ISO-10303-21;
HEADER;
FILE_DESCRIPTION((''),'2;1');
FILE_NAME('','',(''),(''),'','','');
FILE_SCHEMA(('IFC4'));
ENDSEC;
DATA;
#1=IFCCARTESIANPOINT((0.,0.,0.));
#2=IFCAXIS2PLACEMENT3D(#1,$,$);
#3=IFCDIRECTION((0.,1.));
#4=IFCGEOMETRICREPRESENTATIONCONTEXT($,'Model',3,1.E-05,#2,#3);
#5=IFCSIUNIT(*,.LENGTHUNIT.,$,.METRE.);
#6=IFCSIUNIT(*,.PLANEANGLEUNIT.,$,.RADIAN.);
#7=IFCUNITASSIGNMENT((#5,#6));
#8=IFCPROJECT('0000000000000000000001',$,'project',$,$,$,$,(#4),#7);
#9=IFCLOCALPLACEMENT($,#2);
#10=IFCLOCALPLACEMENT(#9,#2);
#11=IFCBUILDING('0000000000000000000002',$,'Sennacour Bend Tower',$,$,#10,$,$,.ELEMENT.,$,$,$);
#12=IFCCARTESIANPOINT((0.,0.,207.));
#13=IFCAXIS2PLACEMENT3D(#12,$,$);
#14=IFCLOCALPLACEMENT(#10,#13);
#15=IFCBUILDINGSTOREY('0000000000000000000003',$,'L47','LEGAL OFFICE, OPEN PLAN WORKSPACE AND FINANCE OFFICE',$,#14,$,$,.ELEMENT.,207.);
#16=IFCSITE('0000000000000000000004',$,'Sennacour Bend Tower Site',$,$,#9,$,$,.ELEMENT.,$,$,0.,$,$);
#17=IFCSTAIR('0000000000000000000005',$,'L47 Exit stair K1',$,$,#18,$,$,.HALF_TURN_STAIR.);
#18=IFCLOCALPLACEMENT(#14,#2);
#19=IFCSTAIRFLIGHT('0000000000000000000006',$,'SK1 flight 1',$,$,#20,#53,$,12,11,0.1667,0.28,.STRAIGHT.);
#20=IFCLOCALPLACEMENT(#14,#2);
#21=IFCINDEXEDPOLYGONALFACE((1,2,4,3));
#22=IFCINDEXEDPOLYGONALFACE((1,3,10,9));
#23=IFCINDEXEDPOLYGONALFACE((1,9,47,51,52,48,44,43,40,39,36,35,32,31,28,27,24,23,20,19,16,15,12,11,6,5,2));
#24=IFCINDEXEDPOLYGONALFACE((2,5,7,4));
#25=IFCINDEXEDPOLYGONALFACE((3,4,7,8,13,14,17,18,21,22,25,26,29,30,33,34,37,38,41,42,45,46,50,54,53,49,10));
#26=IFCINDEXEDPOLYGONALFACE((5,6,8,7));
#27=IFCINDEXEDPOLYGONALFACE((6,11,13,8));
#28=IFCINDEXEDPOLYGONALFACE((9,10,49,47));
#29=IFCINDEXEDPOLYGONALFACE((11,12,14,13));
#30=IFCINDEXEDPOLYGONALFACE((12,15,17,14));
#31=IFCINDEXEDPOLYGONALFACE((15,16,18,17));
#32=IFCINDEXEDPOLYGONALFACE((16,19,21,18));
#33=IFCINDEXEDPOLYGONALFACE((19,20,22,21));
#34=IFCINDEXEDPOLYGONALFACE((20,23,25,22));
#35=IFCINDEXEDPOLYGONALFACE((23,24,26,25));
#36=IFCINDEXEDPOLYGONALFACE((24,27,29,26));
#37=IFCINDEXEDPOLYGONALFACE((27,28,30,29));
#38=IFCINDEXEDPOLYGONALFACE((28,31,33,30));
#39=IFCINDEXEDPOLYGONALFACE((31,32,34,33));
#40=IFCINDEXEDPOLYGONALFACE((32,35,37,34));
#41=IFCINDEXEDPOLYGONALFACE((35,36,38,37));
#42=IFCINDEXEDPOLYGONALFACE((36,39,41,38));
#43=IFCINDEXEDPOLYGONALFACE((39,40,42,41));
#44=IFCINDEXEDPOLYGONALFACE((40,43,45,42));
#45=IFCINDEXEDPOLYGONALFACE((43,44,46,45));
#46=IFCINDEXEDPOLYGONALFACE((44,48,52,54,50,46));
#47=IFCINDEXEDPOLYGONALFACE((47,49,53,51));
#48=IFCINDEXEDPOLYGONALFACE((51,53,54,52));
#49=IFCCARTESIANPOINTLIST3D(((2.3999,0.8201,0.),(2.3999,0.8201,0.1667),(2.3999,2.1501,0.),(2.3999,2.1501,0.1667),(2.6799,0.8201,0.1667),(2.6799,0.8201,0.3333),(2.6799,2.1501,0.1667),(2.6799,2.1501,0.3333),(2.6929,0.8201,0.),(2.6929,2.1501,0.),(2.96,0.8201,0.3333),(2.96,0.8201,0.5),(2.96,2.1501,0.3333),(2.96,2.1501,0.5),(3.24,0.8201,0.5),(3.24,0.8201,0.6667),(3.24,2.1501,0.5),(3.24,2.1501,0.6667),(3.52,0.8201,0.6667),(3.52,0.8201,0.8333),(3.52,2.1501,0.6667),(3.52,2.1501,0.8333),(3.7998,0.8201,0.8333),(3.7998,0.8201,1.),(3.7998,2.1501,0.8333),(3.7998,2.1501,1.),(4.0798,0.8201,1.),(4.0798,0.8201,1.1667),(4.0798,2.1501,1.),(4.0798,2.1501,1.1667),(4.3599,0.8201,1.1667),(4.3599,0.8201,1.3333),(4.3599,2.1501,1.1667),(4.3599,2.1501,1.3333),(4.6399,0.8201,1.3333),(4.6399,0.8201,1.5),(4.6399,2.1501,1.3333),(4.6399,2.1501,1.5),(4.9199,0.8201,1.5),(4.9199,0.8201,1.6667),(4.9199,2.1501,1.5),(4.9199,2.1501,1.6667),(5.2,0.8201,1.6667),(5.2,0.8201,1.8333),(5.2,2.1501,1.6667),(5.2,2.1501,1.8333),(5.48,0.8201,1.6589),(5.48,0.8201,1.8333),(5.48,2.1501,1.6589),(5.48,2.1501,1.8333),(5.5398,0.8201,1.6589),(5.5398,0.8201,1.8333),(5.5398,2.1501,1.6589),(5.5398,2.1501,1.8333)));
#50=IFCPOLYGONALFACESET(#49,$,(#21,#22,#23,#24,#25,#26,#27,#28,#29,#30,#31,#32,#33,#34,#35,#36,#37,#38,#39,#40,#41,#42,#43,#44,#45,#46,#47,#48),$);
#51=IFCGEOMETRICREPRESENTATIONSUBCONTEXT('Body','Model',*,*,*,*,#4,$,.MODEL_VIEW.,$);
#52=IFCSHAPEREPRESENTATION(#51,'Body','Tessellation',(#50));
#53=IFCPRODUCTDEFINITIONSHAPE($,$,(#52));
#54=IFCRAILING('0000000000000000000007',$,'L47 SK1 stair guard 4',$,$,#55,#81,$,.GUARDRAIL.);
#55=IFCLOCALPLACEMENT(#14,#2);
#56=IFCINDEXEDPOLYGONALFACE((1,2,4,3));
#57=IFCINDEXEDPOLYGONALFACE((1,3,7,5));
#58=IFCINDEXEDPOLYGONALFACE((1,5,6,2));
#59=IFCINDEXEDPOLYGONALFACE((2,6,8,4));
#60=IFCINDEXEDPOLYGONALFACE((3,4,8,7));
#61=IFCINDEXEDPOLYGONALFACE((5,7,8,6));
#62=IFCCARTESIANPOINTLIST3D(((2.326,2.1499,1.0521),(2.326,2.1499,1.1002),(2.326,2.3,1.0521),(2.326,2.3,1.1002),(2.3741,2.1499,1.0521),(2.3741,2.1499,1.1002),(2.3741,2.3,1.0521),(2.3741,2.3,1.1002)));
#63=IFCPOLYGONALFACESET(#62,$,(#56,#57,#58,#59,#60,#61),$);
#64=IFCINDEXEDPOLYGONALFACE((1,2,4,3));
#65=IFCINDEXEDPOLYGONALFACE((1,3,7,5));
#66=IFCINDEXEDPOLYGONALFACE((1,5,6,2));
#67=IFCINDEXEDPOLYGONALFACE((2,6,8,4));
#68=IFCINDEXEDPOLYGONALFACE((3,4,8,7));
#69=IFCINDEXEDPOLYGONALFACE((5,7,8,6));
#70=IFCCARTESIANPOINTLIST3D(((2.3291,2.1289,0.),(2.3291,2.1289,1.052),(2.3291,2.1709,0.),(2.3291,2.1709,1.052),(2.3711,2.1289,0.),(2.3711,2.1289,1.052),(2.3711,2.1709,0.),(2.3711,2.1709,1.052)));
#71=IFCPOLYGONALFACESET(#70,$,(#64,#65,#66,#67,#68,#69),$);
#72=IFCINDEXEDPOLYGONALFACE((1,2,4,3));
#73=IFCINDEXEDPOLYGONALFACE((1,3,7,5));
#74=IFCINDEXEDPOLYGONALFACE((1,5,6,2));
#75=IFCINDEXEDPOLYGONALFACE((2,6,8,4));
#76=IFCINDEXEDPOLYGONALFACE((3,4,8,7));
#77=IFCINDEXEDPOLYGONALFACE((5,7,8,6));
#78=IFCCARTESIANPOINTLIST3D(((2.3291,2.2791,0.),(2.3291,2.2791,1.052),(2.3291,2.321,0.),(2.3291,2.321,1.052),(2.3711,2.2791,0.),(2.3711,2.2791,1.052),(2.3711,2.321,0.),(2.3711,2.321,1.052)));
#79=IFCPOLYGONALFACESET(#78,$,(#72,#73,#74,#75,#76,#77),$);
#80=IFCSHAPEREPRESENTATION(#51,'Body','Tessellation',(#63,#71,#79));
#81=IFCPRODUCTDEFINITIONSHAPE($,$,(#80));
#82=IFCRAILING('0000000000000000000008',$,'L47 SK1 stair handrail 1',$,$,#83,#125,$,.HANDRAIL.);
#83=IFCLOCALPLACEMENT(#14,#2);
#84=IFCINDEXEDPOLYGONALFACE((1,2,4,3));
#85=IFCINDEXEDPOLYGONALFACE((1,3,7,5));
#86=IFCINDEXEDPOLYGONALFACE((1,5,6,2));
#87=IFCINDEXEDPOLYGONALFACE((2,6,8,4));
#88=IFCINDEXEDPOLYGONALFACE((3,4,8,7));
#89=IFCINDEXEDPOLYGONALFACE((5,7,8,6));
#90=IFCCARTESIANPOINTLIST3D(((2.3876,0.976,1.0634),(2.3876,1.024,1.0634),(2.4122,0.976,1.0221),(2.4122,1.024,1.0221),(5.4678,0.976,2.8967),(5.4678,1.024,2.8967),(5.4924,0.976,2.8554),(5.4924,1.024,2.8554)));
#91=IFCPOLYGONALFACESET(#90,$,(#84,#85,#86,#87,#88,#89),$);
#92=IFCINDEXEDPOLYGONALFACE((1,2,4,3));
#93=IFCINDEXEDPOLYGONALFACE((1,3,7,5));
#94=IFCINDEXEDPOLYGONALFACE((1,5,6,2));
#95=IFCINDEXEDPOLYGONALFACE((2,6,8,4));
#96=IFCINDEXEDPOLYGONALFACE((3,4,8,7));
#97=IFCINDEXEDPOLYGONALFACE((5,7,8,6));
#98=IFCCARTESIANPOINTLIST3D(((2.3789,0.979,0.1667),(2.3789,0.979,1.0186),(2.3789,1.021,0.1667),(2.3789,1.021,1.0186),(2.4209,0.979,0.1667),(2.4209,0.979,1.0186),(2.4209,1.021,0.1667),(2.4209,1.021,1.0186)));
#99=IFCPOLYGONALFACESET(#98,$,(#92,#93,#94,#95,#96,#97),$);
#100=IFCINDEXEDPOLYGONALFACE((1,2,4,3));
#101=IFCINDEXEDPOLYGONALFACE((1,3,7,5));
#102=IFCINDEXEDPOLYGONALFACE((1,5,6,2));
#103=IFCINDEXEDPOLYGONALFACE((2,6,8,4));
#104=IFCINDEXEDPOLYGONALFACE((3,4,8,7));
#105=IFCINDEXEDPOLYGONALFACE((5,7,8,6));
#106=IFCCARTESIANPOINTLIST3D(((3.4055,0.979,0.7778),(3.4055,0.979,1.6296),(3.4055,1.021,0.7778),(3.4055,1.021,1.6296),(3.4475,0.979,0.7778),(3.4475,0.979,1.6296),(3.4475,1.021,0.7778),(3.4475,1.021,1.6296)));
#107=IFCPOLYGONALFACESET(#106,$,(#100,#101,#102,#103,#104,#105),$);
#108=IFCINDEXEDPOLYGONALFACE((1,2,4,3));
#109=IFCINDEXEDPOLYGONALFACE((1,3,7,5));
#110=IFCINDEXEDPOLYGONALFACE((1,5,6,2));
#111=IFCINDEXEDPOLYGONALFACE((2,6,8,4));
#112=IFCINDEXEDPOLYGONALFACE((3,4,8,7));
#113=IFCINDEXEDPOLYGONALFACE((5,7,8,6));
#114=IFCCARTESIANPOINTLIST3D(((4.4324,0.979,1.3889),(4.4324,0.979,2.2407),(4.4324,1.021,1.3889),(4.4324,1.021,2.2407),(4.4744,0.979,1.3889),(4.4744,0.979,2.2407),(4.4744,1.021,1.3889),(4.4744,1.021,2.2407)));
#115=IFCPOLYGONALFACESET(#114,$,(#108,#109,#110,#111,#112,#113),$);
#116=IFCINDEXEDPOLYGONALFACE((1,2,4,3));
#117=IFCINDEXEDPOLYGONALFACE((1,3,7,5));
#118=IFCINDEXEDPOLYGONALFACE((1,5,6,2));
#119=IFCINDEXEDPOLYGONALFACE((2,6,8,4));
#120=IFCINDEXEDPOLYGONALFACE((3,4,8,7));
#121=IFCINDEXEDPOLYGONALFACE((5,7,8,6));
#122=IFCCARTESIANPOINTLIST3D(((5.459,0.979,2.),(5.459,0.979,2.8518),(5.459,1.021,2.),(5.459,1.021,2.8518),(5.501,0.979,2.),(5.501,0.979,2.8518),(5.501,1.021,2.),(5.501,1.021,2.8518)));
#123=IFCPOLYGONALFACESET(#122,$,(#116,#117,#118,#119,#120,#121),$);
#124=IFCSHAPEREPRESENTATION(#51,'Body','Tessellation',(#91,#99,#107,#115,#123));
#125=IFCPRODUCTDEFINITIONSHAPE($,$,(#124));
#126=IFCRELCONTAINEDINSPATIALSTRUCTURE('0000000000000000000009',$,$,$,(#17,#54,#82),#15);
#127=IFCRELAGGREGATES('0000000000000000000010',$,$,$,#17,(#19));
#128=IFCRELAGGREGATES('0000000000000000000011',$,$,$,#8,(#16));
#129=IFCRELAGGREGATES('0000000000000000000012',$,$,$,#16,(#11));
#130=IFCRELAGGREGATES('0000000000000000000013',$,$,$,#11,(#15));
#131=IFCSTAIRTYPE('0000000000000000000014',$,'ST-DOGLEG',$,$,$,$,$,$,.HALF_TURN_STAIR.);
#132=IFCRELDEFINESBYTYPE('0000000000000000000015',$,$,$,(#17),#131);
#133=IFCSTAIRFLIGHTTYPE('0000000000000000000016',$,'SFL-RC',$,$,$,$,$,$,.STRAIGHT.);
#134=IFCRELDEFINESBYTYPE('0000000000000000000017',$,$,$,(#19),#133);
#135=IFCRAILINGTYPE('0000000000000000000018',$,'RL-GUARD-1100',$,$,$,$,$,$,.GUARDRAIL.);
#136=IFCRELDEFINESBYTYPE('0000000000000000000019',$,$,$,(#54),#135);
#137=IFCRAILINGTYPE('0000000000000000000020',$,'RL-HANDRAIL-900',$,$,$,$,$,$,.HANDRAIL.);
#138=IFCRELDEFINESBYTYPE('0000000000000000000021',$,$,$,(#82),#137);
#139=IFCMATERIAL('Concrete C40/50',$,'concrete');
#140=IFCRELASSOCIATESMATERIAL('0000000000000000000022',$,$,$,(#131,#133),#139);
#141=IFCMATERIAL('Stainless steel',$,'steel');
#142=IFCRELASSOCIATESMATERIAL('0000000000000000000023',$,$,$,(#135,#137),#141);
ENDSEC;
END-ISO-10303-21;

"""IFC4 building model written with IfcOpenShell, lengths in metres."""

from ifc_helpers import new_model, si_unit, direction, frame, origin, origin_2d, place, context, subcontext, project, spatial, polyline, rectangle, outline, extrude, material, type_object, element, aggregate, save


model = new_model("IFC4")

# Units and contexts
model_context = context("Model", 3, precision=1e-05, world=origin(), true_north=direction((0.0, 1.0)))
body_context = subcontext(model_context, "Body", "Model", "MODEL_VIEW")
ifc_project = project(units=[si_unit("LENGTHUNIT", "METRE"), si_unit("PLANEANGLEUNIT", "RADIAN")], contexts=[model_context])

# Site, building, storey
site_placement = place(None, origin())
site = spatial("IfcSite", under=ifc_project, at=site_placement, Name="Sennacour Bend Tower Site", CompositionType="ELEMENT", RefElevation=0.0)
building_placement = place(site_placement, origin())
building = spatial("IfcBuilding", under=site, at=building_placement, Name="Sennacour Bend Tower", CompositionType="ELEMENT")
storey_placement = place(building_placement, frame((0.0, 0.0, 207.0)))
storey = spatial("IfcBuildingStorey", under=building, at=storey_placement, Name="L47", Description="LEGAL OFFICE, OPEN PLAN WORKSPACE AND FINANCE OFFICE", CompositionType="ELEMENT", Elevation=207.0)

# Stair, stair flight
ifc_material_1 = material(Name="Concrete C40/50", Category="concrete")
stair_type = type_object("IfcStairType", Name="ST-DOGLEG", PredefinedType="HALF_TURN_STAIR", material=ifc_material_1)
stair_placement = place(storey_placement, origin())
stair = element("IfcStair", 1, at=stair_placement, inside=storey, type_object=stair_type, Name="L47 Exit stair K1", PredefinedType="HALF_TURN_STAIR")
stair_flight_type = type_object("IfcStairFlightType", Name="SFL-RC", PredefinedType="STRAIGHT", material=ifc_material_1)
stair_flight_placement = place(storey_placement, frame((2.3999, 1.4851, 0.0), z_axis=(0.0, 0.0, 1.0), x_axis=(1.0, 0.0, 0.0)))
stair_flight = element("IfcStairFlight", 2, at=stair_flight_placement, type_object=stair_flight_type, Name="SK1 flight 1", NumberOfRisers=12, NumberOfTreads=11, PredefinedType="STRAIGHT", RiserHeight=0.1667, TreadLength=0.28, context=body_context, shape_type="SweptSolid", body=[
    extrude(outline(polyline([(0.0, 0.0), (0.0, 0.1667), (0.28, 0.1667), (0.28, 0.3333), (0.5601, 0.3333), (0.5601, 0.5), (0.8401, 0.5), (0.8401, 0.6667), (1.1201, 0.6667), (1.1201, 0.8333), (1.3999, 0.8333), (1.3999, 1.0), (1.6799, 1.0), (1.6799, 1.1667), (1.96, 1.1667), (1.96, 1.3333), (2.24, 1.3333), (2.24, 1.5), (2.52, 1.5), (2.52, 1.6667), (2.8, 1.6667), (2.8, 1.8333), (3.0801, 1.8333), (3.1399, 1.8333), (3.1399, 1.6589), (3.0801, 1.6589), (0.293, 0.0), (0.0, 0.0)])), frame((0.0, 0.665, 0.0), z_axis=(0.0, -1.0, 0.0), x_axis=(1.0, 0.0, 0.0)), (0.0, 0.0, 1.0), 1.3301),
])
aggregate(stair, [stair_flight])

# Railings
ifc_material_2 = material(Name="Stainless steel", Category="steel")
railing_type_1 = type_object("IfcRailingType", Name="RL-GUARD-1100", PredefinedType="GUARDRAIL", material=ifc_material_2)
railing_1_placement = place(storey_placement, frame((2.3501, 2.1499, 0.0)))
element("IfcRailing", 3, at=railing_1_placement, inside=storey, type_object=railing_type_1, Name="L47 SK1 stair guard 4", PredefinedType="GUARDRAIL", context=body_context, shape_type="SweptSolid", body=[
    extrude(rectangle(XDim=0.0481, YDim=0.0481, at=origin_2d()), frame((0.0, 0.0, 1.0762), z_axis=(0.0, 1.0, 0.0), x_axis=(-1.0, 0.0, 0.0)), (0.0, 0.0, 1.0), 0.1501),
    extrude(rectangle(XDim=0.042, YDim=0.042, at=origin_2d()), origin(), (0.0, 0.0, 1.0), 1.052),
    extrude(rectangle(XDim=0.042, YDim=0.042, at=origin_2d()), frame((0.0, 0.1501, 0.0)), (0.0, 0.0, 1.0), 1.052),
])
railing_type_2 = type_object("IfcRailingType", Name="RL-HANDRAIL-900", PredefinedType="HANDRAIL", material=ifc_material_2)
railing_2_placement = place(storey_placement, frame((2.3999, 1.0, 0.1667)))
element("IfcRailing", 4, at=railing_2_placement, inside=storey, type_object=railing_type_2, Name="L47 SK1 stair handrail 1", PredefinedType="HANDRAIL", context=body_context, shape_type="SweptSolid", body=[
    extrude(rectangle(XDim=0.0481, YDim=0.0481, at=origin_2d()), frame((0.0, 0.0, 0.876), z_axis=(0.859309, 0.0, 0.511458), x_axis=(0.0, 1.0, 0.0)), (0.0, 0.0, 1.0), 3.5845),
    extrude(rectangle(XDim=0.042, YDim=0.042, at=origin_2d()), origin(), (0.0, 0.0, 1.0), 0.8518),
    extrude(rectangle(XDim=0.042, YDim=0.042, at=origin_2d()), frame((1.0266, 0.0, 0.6111)), (0.0, 0.0, 1.0), 0.8518),
    extrude(rectangle(XDim=0.042, YDim=0.042, at=origin_2d()), frame((2.0535, 0.0, 1.2222)), (0.0, 0.0, 1.0), 0.8518),
    extrude(rectangle(XDim=0.042, YDim=0.042, at=origin_2d()), frame((3.0801, 0.0, 1.8333)), (0.0, 0.0, 1.0), 0.8518),
])

save(model, "model.ifc")
